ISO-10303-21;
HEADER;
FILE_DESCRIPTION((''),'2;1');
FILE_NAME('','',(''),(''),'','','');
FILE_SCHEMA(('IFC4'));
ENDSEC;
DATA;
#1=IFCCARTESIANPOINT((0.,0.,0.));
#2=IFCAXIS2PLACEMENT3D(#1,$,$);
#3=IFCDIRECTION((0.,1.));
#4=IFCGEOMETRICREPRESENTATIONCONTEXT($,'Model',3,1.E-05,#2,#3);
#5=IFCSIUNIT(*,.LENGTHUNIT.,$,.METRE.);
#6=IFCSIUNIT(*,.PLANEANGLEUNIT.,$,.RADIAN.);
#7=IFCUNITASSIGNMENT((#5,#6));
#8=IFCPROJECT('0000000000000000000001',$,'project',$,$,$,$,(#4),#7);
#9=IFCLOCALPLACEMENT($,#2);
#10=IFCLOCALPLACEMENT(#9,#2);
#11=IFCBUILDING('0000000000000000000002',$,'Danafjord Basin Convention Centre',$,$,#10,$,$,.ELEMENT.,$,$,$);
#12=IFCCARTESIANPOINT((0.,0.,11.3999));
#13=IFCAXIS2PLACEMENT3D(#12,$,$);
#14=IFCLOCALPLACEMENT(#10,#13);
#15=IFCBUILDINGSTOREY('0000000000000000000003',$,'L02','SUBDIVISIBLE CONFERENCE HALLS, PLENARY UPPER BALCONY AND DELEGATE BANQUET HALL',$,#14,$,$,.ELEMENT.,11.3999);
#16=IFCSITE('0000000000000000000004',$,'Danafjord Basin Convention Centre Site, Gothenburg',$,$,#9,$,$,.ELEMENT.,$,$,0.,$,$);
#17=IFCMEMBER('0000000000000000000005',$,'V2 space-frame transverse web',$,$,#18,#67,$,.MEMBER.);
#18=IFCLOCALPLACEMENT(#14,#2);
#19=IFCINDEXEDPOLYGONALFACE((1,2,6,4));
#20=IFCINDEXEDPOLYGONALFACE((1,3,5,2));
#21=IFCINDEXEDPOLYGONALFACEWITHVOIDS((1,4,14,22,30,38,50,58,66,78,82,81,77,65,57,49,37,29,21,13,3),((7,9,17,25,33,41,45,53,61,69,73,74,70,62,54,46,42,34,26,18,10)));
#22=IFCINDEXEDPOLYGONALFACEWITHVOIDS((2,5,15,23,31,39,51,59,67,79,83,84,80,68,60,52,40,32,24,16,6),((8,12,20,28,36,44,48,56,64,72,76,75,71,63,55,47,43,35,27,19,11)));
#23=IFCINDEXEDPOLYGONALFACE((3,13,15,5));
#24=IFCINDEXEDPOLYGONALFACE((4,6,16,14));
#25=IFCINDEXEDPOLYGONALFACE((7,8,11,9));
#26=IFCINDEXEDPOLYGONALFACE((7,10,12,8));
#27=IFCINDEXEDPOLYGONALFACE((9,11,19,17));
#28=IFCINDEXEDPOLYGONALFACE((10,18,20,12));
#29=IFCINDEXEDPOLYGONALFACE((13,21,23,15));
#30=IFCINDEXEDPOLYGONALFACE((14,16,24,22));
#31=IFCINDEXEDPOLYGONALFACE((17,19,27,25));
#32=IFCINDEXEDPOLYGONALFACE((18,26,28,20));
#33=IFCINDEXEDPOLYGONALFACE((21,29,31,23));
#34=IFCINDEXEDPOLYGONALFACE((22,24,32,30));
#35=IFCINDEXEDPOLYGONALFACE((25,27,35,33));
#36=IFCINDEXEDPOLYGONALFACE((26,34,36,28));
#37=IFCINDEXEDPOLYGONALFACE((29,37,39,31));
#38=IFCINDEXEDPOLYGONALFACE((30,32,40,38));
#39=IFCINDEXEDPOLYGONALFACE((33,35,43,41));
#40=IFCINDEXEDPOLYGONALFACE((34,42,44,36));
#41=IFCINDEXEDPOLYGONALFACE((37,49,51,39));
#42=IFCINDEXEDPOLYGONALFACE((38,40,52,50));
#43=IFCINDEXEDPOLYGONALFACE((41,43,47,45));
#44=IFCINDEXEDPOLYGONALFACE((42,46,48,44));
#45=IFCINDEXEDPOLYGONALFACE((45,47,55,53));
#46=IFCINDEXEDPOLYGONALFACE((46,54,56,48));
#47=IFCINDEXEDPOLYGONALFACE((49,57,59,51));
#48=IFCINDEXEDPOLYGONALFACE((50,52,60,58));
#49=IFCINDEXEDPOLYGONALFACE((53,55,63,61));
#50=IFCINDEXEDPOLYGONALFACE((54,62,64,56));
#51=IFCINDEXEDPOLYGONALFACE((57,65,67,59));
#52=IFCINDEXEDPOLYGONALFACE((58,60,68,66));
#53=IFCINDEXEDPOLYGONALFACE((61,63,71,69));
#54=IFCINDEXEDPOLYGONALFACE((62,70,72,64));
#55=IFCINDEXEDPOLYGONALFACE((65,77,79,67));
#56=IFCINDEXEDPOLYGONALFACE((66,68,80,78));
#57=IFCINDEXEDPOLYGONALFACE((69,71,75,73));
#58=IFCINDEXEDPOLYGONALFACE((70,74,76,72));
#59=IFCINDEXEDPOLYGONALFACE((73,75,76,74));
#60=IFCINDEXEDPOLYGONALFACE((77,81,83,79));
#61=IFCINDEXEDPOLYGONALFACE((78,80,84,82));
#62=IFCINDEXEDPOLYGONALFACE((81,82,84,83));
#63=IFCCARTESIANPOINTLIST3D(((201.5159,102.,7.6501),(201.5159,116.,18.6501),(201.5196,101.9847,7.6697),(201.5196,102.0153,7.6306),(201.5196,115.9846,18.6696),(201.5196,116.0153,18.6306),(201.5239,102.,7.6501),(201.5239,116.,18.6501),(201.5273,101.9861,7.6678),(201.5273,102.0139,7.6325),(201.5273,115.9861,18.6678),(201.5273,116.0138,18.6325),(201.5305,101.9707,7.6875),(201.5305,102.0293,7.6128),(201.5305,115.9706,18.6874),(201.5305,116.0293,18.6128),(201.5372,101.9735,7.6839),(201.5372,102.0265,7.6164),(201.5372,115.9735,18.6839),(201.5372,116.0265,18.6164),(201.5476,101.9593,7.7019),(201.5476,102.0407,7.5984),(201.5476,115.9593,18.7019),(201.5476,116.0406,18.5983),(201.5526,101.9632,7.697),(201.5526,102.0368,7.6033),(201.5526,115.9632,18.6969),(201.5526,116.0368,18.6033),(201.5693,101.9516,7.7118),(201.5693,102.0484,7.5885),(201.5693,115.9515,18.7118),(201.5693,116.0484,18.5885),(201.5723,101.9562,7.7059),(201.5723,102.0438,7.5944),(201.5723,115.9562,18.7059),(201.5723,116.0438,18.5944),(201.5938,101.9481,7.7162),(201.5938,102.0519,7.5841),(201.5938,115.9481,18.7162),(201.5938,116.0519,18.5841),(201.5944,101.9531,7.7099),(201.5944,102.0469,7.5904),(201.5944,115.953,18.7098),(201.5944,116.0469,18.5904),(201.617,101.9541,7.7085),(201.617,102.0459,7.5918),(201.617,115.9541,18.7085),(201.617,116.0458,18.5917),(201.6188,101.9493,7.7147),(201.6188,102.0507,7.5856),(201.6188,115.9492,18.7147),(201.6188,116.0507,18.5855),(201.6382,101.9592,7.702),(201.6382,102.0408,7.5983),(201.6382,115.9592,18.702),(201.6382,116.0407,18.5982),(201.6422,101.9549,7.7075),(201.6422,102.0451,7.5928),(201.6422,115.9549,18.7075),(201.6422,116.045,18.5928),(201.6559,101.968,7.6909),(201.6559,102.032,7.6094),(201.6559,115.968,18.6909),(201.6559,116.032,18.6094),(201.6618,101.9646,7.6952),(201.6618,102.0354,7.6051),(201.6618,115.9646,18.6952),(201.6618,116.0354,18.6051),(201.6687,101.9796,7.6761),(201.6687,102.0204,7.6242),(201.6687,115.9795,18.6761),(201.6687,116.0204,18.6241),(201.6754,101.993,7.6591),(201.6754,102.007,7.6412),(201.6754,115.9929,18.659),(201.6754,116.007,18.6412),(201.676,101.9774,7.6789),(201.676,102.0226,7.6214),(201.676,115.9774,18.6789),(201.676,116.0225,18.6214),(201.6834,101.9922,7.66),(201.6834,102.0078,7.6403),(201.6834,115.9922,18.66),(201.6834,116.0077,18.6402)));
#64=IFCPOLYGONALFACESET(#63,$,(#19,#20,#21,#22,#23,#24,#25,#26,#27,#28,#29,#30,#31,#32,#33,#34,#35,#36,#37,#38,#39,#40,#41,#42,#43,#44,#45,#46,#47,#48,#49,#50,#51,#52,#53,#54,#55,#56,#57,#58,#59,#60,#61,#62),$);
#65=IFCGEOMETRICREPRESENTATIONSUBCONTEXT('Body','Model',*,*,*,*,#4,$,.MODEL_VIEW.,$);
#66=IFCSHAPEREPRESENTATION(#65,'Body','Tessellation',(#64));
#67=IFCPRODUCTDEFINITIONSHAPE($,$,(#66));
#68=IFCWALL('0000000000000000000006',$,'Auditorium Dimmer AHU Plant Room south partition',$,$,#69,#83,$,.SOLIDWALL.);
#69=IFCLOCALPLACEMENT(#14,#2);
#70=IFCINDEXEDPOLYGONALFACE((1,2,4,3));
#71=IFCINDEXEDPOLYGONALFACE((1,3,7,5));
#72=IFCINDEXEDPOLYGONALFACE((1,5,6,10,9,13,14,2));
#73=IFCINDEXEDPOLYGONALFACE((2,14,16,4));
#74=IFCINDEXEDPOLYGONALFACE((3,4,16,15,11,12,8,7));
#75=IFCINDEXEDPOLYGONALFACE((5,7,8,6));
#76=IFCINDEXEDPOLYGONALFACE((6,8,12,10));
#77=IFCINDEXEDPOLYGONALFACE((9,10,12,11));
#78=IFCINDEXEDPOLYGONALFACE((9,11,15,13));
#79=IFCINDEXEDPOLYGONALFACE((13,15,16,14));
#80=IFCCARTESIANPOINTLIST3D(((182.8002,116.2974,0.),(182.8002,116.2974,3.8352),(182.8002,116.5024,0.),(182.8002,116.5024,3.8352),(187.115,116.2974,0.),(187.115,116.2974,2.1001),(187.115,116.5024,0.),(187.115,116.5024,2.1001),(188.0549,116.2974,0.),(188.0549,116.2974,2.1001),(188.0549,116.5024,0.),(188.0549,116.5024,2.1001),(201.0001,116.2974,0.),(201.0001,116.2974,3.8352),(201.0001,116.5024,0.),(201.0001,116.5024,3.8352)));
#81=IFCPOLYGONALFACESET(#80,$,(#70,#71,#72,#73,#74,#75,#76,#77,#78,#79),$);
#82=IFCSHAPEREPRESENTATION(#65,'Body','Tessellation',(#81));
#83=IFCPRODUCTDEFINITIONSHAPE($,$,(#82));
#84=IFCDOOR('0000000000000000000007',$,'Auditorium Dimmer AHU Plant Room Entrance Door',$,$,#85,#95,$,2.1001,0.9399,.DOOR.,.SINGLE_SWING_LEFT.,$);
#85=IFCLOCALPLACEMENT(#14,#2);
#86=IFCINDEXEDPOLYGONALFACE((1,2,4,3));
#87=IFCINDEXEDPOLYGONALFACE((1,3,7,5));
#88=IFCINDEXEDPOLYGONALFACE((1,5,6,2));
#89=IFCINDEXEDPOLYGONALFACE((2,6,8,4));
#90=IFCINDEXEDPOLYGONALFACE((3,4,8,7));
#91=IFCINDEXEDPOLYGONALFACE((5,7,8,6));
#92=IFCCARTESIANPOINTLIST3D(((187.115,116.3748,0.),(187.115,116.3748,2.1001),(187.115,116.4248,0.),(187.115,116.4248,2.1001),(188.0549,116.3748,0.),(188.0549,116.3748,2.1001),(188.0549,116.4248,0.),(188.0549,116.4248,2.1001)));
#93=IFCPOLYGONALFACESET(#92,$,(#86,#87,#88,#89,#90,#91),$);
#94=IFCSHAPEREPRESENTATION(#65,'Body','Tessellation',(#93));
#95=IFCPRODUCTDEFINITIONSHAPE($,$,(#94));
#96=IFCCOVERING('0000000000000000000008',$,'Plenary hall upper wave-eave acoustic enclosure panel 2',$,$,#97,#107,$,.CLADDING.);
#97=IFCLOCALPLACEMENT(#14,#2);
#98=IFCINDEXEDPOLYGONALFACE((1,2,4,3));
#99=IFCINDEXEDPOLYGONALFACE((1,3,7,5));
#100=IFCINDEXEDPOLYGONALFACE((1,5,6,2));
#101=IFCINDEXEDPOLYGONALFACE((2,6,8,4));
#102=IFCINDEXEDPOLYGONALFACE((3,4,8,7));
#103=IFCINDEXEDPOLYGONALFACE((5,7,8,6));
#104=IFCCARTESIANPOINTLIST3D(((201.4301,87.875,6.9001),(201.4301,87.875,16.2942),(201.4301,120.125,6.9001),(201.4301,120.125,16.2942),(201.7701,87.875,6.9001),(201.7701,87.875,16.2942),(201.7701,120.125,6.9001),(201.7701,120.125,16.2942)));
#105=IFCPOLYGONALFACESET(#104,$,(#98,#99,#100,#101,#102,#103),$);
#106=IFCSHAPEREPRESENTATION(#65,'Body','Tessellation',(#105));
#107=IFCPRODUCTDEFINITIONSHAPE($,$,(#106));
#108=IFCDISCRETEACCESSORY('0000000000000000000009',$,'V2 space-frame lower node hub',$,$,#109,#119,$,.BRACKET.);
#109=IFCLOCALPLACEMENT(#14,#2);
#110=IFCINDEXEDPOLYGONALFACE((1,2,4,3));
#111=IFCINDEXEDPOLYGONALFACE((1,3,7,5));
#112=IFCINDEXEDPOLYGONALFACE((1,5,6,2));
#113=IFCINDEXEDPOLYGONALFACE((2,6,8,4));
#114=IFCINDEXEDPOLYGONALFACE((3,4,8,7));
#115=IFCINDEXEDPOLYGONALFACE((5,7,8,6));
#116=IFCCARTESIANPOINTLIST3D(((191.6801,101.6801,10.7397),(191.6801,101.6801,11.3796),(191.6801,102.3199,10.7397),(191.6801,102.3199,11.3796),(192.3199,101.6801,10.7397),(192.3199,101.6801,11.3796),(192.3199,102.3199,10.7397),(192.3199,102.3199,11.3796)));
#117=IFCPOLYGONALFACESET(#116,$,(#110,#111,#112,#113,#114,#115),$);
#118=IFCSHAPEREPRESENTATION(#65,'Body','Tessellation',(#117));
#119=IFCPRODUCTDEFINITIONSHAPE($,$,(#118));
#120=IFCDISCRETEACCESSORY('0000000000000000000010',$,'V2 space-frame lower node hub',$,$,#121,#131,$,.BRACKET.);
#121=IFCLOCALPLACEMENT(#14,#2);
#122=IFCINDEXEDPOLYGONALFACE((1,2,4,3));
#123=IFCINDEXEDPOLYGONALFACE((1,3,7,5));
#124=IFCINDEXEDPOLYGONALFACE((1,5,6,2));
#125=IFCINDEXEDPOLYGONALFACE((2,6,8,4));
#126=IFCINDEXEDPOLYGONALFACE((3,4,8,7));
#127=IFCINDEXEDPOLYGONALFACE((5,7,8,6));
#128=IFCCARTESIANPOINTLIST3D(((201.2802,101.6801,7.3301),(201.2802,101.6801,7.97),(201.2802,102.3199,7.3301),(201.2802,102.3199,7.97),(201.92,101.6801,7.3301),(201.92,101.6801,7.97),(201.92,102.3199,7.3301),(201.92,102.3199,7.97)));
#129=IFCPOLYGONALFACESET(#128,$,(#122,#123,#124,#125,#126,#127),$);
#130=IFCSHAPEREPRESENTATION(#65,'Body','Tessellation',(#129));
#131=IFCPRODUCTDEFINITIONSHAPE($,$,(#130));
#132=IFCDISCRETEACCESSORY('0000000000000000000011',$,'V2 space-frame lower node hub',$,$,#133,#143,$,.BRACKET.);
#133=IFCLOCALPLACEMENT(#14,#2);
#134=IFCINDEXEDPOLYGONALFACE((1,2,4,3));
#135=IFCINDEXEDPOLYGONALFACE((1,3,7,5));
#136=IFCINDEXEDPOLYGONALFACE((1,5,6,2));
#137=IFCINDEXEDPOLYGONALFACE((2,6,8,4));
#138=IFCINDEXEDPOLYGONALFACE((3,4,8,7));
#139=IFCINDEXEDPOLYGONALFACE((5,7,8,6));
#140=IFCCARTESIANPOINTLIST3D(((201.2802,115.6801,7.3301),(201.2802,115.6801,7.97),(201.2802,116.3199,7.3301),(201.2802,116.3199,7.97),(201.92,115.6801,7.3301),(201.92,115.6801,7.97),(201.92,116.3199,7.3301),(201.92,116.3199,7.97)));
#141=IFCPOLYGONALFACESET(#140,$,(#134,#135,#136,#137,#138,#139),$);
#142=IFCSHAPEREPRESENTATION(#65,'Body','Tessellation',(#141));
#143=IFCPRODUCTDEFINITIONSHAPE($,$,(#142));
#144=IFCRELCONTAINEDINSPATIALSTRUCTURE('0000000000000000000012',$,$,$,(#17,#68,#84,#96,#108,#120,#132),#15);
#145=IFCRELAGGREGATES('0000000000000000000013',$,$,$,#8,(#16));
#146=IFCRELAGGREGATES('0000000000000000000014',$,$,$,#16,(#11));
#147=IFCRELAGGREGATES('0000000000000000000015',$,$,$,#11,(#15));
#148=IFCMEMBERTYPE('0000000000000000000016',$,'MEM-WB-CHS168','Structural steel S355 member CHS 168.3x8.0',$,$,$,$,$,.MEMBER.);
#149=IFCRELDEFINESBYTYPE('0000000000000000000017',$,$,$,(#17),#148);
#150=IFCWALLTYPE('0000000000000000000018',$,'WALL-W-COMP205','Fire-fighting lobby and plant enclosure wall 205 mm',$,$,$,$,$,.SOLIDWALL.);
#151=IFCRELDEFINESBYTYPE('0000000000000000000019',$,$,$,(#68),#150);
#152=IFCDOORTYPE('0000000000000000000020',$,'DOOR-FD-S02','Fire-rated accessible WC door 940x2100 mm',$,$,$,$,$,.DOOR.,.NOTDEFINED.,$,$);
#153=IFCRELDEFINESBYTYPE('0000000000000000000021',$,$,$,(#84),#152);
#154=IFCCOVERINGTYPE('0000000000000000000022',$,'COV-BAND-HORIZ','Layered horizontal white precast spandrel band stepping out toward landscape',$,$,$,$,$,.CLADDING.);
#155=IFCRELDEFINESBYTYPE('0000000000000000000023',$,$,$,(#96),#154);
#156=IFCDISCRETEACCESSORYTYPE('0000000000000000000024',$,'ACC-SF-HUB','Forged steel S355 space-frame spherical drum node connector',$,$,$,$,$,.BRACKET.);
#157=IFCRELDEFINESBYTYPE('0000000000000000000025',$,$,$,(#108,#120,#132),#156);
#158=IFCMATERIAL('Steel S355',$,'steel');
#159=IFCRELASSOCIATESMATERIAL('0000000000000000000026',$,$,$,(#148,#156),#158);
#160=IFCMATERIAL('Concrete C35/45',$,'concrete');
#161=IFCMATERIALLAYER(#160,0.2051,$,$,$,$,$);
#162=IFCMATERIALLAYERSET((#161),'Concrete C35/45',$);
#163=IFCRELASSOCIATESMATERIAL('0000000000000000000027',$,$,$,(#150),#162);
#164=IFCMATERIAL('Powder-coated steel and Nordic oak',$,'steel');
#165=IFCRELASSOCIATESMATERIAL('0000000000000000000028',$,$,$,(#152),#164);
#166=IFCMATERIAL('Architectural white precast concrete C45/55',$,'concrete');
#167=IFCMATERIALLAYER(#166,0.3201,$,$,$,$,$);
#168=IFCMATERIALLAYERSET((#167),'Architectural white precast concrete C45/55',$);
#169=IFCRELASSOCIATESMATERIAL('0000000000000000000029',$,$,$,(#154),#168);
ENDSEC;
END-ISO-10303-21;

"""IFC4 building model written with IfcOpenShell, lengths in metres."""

from ifc_helpers import new_model, si_unit, direction, frame, frame_2d, origin, origin_2d, place, context, subcontext, project, spatial, rectangle, hollow_circle, extrude, material, layer, layer_set, material_profile, profile_set, type_object, element, fill, save


model = new_model("IFC4")

# Units and contexts
model_context = context("Model", 3, precision=1e-05, world=origin(), true_north=direction((0.0, 1.0)))
body_context = subcontext(model_context, "Body", "Model", "MODEL_VIEW")
ifc_project = project(units=[si_unit("LENGTHUNIT", "METRE"), si_unit("PLANEANGLEUNIT", "RADIAN")], contexts=[model_context])

# Site, building, storey
site_placement = place(None, origin())
site = spatial("IfcSite", under=ifc_project, at=site_placement, Name="Danafjord Basin Convention Centre Site, Gothenburg", CompositionType="ELEMENT", RefElevation=0.0)
building_placement = place(site_placement, origin())
building = spatial("IfcBuilding", under=site, at=building_placement, Name="Danafjord Basin Convention Centre", CompositionType="ELEMENT")
storey_placement = place(building_placement, frame((0.0, 0.0, 11.3999)))
storey = spatial("IfcBuildingStorey", under=building, at=storey_placement, Name="L02", Description="SUBDIVISIBLE CONFERENCE HALLS, PLENARY UPPER BALCONY AND DELEGATE BANQUET HALL", CompositionType="ELEMENT", Elevation=11.3999)

# Shared definitions
ifc_material_1 = material(Name="Steel S355", Category="steel")

# Member
ifc_material_profile_1 = material_profile(ifc_material_1, hollow_circle(Radius=0.0842, WallThickness=0.0081, at=origin_2d()), Name="CHS 168.3x8.0")
ifc_profile_set_1 = profile_set([ifc_material_profile_1], Name="Steel S355")
member_type_1 = type_object("IfcMemberType", Name="MEM-WB-CHS168", Description="Structural steel S355 member CHS 168.3x8.0", PredefinedType="MEMBER", material=ifc_profile_set_1)
member_1_placement = place(storey_placement, frame((201.6001, 102.0, 7.6501), z_axis=(0.0, 0.786318, 0.617822), x_axis=(-1.0, 0.0, 0.0)))
element("IfcMember", 1, at=member_1_placement, inside=storey, type_object=member_type_1, Name="V2 space-frame transverse web", PredefinedType="MEMBER", context=body_context, shape_type="SweptSolid", body=[
    extrude(hollow_circle(Radius=0.0842, WallThickness=0.0081, at=origin_2d()), origin(), (0.0, 0.0, 1.0), 17.8044),
])

# Wall, opening, door
ifc_material_2 = material(Name="Concrete C35/45", Category="concrete")
ifc_layer_1 = layer(ifc_material_2, 0.2051)
ifc_layer_set_1 = layer_set([ifc_layer_1], Name="Concrete C35/45")
wall_type = type_object("IfcWallType", Name="WALL-W-COMP205", Description="Fire-fighting lobby and plant enclosure wall 205 mm", PredefinedType="SOLIDWALL", material=ifc_layer_set_1)
wall_placement = place(storey_placement, frame((182.8, 116.3999, 0.0), z_axis=(0.0, 0.0, 1.0), x_axis=(1.0, 0.0, 0.0)))
wall = element("IfcWall", 2, at=wall_placement, inside=storey, type_object=wall_type, Name="Auditorium Dimmer AHU Plant Room south partition", PredefinedType="SOLIDWALL", context=body_context, shape_type="SweptSolid", body=[
    extrude(rectangle(XDim=18.2, YDim=0.2051, at=frame_2d((9.1001, 0.0))), origin(), (0.0, 0.0, 1.0), 3.8352),
])
opening_placement = place(wall_placement, frame((4.3149, 0.0, 0.0)))
opening = element("IfcOpeningElement", 3, at=opening_placement, cuts=wall, PredefinedType="OPENING", context=body_context, shape_type="SweptSolid", body=[
    extrude(rectangle(XDim=0.9399, YDim=2.1001, at=frame_2d((0.47, 1.05))), frame((0.0, 0.1125, 0.0), z_axis=(0.0, -1.0, 0.0), x_axis=(1.0, 0.0, 0.0)), (0.0, 0.0, 1.0), 0.2251),
])
ifc_material_3 = material(Name="Powder-coated steel and Nordic oak", Category="steel")
door_type = type_object("IfcDoorType", Name="DOOR-FD-S02", Description="Fire-rated accessible WC door 940x2100 mm", OperationType="NOTDEFINED", PredefinedType="DOOR", material=ifc_material_3)
door_placement = place(opening_placement, origin())
door = element("IfcDoor", 4, at=door_placement, inside=storey, type_object=door_type, Name="Auditorium Dimmer AHU Plant Room Entrance Door", OperationType="SINGLE_SWING_LEFT", OverallHeight=2.1001, OverallWidth=0.9399, PredefinedType="DOOR", context=body_context, shape_type="SweptSolid", body=[
    extrude(rectangle(XDim=0.9399, YDim=2.1001, at=frame_2d((0.47, 1.05))), frame((0.0, 0.0249, 0.0), z_axis=(0.0, -1.0, 0.0), x_axis=(1.0, 0.0, 0.0)), (0.0, 0.0, 1.0), 0.05),
])
fill(opening, door)

# Covering
ifc_material_4 = material(Name="Architectural white precast concrete C45/55", Category="concrete")
ifc_layer_2 = layer(ifc_material_4, 0.3201)
ifc_layer_set_2 = layer_set([ifc_layer_2], Name="Architectural white precast concrete C45/55")
covering_type = type_object("IfcCoveringType", Name="COV-BAND-HORIZ", Description="Layered horizontal white precast spandrel band stepping out toward landscape", PredefinedType="CLADDING", material=ifc_layer_set_2)
covering_placement = place(storey_placement, frame((201.6001, 104.0, 6.9001), z_axis=(0.0, 0.0, 1.0), x_axis=(0.0, 1.0, 0.0)))
element("IfcCovering", 5, at=covering_placement, inside=storey, type_object=covering_type, Name="Plenary hall upper wave-eave acoustic enclosure panel 2", PredefinedType="CLADDING", context=body_context, shape_type="SweptSolid", body=[
    extrude(rectangle(XDim=32.25, YDim=0.3401, at=origin_2d()), origin(), (0.0, 0.0, 1.0), 9.394),
])

# Discrete accessories
discrete_accessory_type = type_object("IfcDiscreteAccessoryType", Name="ACC-SF-HUB", Description="Forged steel S355 space-frame spherical drum node connector", PredefinedType="BRACKET", material=ifc_material_1)
for number, where, z_axis, x_axis, name in (
    (6, (192.0, 102.0, 10.7397), (0.0, 0.0, 1.0), (1.0, 0.0, 0.0), "V2 space-frame lower node hub"),
    (7, (201.6001, 102.0, 7.3301), (0.0, 0.0, 1.0), (1.0, 0.0, 0.0), "V2 space-frame lower node hub"),
    (8, (201.6001, 116.0, 7.3301), (0.0, 0.0, 1.0), (1.0, 0.0, 0.0), "V2 space-frame lower node hub"),
):
    element("IfcDiscreteAccessory", number, at=place(storey_placement, frame(where, z_axis=z_axis, x_axis=x_axis)), inside=storey, type_object=discrete_accessory_type, Name=name, PredefinedType="BRACKET", context=body_context, shape_type="SweptSolid", body=[
        extrude(rectangle(XDim=0.6399, YDim=0.6399, at=origin_2d()), origin(), (0.0, 0.0, 1.0), 0.6399),
    ])

save(model, "model.ifc")
